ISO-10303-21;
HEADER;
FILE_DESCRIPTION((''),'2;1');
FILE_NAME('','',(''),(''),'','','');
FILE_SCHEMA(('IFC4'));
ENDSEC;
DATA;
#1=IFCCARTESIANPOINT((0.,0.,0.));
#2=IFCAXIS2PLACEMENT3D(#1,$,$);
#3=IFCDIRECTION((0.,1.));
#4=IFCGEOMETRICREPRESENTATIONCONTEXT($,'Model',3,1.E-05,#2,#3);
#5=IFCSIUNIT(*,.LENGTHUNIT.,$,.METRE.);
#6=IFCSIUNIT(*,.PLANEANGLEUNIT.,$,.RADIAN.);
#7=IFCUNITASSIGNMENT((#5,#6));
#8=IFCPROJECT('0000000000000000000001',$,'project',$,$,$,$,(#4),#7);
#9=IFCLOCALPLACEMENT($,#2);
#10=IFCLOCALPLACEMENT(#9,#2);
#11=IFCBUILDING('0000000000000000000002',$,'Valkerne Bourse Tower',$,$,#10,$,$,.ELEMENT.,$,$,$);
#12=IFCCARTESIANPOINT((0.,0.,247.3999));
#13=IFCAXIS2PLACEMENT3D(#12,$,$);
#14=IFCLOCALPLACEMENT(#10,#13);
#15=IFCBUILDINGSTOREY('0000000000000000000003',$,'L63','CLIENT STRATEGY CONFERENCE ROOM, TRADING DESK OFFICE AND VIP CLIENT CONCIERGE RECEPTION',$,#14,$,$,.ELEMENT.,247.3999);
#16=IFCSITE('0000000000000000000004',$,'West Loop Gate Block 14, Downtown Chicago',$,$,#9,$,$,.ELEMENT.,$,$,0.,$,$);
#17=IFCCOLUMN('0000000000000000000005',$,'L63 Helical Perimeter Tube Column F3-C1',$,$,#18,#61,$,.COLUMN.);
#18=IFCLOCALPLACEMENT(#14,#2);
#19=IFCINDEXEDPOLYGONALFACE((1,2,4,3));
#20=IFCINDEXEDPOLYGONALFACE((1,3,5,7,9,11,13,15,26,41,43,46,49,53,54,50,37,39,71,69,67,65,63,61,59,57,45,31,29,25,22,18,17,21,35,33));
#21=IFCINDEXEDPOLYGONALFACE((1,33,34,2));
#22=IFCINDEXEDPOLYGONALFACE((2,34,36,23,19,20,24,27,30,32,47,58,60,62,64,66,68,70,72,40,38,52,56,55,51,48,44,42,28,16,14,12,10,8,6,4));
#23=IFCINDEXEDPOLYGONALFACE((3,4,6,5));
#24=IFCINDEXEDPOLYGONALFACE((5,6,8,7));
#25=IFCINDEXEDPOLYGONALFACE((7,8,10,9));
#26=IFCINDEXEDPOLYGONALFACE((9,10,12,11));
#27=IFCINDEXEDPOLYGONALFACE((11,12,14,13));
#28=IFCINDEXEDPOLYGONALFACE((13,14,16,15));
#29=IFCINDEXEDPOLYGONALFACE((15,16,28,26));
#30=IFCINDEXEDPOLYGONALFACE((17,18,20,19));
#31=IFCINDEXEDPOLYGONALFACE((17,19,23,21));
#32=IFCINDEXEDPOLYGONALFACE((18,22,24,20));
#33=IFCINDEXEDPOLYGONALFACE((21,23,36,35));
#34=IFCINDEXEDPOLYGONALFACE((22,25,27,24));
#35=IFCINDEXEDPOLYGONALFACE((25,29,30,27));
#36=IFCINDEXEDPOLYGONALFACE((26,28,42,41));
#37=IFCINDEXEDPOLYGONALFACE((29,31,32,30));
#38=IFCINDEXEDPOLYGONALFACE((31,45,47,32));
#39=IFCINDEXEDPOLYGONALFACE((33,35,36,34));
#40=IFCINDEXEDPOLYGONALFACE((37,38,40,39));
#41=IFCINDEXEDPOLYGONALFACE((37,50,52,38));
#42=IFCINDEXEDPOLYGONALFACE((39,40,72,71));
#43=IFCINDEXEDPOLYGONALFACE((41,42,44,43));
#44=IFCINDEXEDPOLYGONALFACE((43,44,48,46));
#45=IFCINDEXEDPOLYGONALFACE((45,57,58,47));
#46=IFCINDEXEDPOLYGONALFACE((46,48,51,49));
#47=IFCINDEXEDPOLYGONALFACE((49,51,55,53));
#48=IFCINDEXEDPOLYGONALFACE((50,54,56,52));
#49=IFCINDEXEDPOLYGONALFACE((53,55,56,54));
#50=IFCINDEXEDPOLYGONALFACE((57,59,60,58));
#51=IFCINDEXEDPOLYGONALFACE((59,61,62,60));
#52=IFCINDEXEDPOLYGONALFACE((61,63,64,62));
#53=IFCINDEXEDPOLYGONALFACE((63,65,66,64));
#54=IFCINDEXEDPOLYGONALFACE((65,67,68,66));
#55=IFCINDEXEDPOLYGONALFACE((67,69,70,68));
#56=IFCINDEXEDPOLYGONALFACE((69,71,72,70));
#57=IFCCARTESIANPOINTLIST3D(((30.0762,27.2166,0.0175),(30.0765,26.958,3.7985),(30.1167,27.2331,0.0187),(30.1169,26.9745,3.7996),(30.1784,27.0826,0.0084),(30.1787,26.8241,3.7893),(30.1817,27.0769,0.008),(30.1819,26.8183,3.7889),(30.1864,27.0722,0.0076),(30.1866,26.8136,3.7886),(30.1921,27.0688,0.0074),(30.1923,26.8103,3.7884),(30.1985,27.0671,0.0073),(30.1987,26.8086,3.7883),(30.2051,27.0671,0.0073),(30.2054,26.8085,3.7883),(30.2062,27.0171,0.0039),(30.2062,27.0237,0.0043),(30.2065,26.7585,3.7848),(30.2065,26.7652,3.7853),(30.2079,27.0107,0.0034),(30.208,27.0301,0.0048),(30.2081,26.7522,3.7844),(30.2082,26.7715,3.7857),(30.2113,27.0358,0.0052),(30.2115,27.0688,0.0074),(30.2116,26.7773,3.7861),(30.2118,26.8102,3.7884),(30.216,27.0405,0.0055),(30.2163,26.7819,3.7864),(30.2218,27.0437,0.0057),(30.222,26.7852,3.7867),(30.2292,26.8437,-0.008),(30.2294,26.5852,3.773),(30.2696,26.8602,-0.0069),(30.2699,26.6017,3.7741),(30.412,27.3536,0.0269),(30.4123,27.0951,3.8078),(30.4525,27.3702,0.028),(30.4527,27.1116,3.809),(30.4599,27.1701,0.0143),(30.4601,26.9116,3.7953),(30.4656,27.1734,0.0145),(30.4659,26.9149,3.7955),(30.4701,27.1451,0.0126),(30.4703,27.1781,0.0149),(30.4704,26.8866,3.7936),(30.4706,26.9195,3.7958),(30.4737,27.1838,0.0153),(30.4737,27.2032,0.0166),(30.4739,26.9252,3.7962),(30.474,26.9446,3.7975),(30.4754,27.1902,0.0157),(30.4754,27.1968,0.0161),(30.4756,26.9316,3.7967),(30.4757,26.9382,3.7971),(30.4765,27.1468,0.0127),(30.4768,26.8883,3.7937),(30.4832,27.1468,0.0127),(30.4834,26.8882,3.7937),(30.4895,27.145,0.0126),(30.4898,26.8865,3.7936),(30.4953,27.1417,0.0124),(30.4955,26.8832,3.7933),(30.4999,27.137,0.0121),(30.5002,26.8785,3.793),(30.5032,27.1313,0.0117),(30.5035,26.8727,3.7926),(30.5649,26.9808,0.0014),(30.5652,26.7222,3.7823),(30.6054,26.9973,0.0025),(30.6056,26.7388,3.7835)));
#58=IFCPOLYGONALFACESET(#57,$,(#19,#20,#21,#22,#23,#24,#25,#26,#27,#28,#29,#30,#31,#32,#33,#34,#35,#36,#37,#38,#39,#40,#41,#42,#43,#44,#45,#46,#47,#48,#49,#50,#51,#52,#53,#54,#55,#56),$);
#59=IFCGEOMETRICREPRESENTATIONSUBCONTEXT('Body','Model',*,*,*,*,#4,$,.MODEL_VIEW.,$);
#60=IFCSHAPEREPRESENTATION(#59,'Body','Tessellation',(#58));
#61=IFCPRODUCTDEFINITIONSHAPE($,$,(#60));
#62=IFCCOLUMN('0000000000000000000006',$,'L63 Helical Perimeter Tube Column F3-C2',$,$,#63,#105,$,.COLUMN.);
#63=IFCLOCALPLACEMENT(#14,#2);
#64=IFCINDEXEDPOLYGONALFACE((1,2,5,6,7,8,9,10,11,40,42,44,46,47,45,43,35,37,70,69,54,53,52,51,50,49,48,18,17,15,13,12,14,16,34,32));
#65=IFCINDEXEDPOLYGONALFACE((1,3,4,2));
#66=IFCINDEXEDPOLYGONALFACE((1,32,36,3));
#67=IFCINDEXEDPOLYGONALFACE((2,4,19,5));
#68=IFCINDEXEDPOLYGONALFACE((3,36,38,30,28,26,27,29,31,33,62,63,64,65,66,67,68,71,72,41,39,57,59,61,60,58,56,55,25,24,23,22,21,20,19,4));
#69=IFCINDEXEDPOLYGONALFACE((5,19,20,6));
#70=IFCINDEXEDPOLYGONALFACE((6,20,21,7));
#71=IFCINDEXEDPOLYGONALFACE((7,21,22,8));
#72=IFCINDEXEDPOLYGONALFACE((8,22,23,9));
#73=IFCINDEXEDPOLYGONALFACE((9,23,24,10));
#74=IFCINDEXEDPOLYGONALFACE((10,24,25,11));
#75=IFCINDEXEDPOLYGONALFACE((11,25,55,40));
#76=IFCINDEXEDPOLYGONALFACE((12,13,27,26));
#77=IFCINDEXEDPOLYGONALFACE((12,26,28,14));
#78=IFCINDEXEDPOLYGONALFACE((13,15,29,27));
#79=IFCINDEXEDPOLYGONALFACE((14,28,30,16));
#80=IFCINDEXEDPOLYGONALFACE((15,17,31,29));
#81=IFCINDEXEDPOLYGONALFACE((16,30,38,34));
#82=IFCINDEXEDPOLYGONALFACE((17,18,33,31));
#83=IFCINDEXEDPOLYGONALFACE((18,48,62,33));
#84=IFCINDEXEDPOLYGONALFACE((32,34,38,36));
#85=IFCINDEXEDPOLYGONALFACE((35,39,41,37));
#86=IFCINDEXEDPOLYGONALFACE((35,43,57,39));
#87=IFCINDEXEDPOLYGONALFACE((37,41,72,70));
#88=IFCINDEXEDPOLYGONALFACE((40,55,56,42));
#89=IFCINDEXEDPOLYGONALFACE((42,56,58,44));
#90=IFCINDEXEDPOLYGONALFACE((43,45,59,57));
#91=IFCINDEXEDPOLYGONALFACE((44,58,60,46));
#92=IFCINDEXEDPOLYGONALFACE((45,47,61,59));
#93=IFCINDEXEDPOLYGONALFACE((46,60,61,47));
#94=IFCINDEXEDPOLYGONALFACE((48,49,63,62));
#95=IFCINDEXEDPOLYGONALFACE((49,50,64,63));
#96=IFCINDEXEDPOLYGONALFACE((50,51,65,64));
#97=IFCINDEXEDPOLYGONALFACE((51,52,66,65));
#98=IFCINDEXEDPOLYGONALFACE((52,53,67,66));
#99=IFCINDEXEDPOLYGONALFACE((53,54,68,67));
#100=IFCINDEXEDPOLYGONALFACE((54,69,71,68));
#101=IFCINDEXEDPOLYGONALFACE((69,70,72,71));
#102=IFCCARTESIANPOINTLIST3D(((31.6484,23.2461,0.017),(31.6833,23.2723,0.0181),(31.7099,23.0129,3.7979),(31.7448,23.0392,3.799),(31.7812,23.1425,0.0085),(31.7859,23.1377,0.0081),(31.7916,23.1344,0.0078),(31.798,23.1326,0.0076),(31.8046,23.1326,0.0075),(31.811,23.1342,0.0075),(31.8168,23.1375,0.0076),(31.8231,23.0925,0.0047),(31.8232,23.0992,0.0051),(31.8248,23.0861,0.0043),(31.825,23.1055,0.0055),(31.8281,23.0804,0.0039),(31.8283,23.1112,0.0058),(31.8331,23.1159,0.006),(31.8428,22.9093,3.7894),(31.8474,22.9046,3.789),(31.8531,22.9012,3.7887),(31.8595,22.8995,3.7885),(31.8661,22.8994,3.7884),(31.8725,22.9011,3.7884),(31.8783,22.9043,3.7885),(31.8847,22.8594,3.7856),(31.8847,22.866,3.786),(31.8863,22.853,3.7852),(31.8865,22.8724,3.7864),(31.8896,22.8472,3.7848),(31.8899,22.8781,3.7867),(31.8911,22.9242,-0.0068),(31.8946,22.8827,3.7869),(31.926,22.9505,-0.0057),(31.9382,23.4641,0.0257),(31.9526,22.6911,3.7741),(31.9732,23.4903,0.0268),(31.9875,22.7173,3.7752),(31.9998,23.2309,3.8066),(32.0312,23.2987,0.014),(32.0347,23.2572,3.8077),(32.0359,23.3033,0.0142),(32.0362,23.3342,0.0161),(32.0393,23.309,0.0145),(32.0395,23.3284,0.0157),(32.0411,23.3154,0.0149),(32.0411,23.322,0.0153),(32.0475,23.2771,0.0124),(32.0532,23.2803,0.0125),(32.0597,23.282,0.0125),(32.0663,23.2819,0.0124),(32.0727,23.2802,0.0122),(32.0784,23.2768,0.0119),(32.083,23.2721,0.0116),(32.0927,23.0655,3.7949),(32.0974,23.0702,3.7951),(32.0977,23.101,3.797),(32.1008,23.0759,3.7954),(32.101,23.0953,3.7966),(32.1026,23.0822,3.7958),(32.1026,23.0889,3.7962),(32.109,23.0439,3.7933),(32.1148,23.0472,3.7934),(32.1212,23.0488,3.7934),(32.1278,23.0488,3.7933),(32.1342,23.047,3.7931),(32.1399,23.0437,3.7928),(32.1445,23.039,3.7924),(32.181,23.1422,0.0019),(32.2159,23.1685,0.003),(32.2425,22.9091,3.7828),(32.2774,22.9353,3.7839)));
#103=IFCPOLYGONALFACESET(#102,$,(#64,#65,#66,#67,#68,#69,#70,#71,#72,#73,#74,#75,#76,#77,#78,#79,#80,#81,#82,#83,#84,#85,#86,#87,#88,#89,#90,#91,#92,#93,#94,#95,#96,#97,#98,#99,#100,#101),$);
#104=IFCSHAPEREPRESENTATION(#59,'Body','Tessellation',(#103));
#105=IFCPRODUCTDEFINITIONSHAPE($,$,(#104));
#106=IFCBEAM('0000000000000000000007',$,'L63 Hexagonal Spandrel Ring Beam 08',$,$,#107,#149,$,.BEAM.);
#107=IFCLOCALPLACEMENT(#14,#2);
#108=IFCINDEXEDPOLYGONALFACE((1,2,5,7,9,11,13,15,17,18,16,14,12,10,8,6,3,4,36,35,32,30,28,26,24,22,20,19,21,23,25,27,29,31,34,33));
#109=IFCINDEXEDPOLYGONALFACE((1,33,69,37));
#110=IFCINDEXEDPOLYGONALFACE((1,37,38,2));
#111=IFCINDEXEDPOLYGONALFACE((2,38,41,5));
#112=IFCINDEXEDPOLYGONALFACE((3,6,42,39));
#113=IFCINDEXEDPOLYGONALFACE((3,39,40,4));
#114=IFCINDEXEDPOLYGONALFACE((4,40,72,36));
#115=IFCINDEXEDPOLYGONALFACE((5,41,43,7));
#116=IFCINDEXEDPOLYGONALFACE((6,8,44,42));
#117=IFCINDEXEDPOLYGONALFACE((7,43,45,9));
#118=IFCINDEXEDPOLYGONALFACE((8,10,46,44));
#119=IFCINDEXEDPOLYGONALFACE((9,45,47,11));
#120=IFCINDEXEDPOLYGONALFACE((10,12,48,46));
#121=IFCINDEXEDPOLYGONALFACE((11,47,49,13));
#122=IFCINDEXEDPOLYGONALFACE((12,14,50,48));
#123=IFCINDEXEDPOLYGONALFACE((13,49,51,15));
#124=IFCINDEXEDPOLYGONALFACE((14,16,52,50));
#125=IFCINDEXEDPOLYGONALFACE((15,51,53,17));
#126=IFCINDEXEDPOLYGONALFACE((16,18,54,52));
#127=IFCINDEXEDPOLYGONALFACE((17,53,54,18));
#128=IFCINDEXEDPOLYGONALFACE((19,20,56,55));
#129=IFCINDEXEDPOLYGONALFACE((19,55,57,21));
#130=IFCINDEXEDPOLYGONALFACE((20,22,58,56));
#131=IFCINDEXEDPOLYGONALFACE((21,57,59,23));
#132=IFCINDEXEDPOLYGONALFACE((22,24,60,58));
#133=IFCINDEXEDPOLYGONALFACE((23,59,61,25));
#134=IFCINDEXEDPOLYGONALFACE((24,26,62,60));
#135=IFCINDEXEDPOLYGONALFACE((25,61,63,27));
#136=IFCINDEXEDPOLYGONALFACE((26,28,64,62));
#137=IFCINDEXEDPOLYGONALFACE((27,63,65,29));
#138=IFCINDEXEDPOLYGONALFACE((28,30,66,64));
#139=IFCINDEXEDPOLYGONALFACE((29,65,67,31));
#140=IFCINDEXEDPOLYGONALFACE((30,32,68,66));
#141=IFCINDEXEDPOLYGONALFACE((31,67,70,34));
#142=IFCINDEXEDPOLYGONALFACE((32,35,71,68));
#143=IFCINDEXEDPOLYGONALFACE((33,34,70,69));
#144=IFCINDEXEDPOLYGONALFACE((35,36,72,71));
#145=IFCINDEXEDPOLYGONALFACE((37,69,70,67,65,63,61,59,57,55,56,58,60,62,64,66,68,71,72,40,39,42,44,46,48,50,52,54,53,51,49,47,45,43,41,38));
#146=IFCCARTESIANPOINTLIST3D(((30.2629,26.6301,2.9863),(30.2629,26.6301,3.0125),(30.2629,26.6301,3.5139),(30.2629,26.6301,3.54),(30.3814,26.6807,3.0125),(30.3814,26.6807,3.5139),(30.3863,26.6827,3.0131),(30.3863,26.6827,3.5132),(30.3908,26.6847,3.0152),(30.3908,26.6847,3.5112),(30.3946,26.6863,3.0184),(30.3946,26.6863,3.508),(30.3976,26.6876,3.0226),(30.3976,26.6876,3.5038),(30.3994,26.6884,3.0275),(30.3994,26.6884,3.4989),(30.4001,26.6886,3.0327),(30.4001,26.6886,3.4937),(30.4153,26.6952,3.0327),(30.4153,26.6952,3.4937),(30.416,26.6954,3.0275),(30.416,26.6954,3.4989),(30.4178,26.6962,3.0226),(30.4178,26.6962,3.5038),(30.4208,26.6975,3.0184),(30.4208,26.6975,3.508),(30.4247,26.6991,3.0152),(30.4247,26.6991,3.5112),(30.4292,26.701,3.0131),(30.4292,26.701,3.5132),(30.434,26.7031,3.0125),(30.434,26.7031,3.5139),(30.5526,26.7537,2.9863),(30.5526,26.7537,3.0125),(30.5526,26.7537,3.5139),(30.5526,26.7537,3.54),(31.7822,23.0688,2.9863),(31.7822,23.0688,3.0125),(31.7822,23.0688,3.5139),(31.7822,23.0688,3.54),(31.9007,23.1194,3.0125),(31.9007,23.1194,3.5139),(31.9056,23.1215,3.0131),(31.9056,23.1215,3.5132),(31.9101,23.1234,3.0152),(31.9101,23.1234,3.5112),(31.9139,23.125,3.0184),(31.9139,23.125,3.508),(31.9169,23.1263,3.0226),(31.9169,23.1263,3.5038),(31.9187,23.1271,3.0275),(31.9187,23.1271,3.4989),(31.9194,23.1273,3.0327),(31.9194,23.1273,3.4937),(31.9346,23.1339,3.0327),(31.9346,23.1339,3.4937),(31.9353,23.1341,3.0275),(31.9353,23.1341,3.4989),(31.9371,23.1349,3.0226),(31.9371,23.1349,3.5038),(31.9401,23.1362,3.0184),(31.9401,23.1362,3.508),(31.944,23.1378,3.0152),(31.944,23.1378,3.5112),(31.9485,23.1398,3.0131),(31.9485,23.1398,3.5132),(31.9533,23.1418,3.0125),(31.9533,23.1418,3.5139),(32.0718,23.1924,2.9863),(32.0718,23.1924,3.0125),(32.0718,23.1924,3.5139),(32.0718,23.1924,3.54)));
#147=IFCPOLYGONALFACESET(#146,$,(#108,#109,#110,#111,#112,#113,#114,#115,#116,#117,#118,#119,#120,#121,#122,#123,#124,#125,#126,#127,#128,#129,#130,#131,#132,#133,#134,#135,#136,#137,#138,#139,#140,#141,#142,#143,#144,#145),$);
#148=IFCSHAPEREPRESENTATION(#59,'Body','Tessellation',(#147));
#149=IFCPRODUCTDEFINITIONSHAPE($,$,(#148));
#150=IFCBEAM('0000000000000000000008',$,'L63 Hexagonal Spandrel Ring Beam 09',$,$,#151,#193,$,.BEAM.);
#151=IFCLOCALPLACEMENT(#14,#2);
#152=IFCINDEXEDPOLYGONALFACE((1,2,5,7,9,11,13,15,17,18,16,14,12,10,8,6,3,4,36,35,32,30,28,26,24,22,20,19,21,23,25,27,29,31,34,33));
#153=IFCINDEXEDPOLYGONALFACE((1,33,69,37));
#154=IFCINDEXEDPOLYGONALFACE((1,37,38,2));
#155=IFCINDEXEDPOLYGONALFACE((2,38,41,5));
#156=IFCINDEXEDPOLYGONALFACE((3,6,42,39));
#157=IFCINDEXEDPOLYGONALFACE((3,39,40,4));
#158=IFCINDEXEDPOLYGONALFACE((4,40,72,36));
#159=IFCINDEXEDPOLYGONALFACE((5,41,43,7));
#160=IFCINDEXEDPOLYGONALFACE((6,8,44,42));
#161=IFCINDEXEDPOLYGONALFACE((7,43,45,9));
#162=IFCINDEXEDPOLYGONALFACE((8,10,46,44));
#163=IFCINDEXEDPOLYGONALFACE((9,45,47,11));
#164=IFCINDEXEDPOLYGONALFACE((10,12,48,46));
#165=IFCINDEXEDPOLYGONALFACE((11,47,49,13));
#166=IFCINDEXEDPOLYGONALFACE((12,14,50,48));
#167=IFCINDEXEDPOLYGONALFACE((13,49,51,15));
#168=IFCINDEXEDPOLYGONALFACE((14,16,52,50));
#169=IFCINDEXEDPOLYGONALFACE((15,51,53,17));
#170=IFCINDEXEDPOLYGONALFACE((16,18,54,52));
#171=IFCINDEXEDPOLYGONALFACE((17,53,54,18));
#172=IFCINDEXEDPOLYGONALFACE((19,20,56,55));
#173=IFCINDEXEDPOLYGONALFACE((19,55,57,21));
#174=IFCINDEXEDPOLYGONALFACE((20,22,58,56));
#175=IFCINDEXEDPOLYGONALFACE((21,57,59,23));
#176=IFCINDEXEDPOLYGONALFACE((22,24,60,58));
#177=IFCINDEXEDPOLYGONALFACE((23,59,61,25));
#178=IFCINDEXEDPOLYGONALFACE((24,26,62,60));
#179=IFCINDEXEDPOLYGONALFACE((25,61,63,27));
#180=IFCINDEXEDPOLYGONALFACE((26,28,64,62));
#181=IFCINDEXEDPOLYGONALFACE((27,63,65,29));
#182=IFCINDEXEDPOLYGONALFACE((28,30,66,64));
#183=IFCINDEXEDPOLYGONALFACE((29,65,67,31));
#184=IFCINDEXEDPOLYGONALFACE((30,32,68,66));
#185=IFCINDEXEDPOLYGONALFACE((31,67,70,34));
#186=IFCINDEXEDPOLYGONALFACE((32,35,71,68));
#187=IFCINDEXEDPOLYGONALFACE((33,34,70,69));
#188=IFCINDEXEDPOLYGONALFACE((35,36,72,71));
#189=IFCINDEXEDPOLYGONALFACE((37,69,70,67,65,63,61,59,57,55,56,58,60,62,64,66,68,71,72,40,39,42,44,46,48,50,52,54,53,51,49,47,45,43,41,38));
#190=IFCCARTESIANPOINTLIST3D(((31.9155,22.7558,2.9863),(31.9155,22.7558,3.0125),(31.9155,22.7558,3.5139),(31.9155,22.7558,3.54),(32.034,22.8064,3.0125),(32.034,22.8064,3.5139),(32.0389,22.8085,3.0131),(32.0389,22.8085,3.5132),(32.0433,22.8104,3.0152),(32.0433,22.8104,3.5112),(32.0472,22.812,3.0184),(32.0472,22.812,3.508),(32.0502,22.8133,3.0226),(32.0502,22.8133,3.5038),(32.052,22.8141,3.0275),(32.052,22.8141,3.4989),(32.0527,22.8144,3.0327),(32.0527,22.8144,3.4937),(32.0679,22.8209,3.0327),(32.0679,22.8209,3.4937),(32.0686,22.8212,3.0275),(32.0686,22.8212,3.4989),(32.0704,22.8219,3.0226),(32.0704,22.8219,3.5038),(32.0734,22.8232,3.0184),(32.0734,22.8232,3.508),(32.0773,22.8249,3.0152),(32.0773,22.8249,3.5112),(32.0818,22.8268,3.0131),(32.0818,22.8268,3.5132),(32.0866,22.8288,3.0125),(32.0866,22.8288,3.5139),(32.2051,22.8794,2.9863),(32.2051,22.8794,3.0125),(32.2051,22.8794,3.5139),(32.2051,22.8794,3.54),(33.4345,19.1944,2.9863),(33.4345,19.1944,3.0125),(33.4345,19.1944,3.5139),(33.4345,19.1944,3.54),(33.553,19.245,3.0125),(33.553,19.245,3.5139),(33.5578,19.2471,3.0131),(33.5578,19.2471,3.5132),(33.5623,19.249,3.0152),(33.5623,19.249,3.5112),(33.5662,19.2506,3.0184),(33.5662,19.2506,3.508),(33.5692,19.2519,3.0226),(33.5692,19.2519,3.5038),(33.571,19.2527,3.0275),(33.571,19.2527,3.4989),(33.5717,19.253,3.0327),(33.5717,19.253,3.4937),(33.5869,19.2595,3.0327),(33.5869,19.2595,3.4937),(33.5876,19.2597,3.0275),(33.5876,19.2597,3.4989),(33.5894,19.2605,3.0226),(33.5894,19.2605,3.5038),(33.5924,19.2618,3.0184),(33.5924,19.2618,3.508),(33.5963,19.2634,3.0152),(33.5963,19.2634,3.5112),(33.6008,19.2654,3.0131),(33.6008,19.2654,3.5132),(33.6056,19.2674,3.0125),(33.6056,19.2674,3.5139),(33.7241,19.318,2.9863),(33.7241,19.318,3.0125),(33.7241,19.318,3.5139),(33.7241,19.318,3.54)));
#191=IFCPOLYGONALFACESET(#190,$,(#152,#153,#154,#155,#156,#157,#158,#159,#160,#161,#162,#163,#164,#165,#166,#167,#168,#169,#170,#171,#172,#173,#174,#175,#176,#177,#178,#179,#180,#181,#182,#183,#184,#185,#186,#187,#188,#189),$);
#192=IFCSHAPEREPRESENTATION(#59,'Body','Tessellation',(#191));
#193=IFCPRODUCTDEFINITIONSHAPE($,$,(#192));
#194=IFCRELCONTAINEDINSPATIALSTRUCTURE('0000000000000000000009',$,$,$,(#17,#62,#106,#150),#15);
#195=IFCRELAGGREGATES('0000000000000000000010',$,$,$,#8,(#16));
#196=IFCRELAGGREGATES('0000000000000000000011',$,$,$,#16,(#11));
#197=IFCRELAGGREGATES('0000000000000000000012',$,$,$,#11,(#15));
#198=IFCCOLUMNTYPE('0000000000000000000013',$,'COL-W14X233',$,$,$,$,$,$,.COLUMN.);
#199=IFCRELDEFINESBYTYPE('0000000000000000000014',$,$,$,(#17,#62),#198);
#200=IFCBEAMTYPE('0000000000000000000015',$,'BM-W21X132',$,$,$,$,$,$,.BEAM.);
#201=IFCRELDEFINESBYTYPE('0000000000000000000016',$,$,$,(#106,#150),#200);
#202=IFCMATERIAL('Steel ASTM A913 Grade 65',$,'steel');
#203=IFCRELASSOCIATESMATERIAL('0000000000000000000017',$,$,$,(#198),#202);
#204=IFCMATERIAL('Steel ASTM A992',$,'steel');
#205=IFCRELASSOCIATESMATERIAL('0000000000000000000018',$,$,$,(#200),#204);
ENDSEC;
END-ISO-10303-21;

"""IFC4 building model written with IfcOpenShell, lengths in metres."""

from ifc_helpers import new_model, si_unit, direction, frame, origin, origin_2d, place, context, subcontext, project, spatial, i_section, extrude, material, material_profile, profile_set, type_object, element, save


model = new_model("IFC4")

# Units and contexts
model_context = context("Model", 3, precision=1e-05, world=origin(), true_north=direction((0.0, 1.0)))
body_context = subcontext(model_context, "Body", "Model", "MODEL_VIEW")
ifc_project = project(units=[si_unit("LENGTHUNIT", "METRE"), si_unit("PLANEANGLEUNIT", "RADIAN")], contexts=[model_context])

# Site, building, storey
site_placement = place(None, origin())
site = spatial("IfcSite", under=ifc_project, at=site_placement, Name="West Loop Gate Block 14, Downtown Chicago", CompositionType="ELEMENT", RefElevation=0.0)
building_placement = place(site_placement, origin())
building = spatial("IfcBuilding", under=site, at=building_placement, Name="Valkerne Bourse Tower", CompositionType="ELEMENT")
storey_placement = place(building_placement, frame((0.0, 0.0, 247.3999)))
storey = spatial("IfcBuildingStorey", under=building, at=storey_placement, Name="L63", Description="CLIENT STRATEGY CONFERENCE ROOM, TRADING DESK OFFICE AND VIP CLIENT CONCIERGE RECEPTION", CompositionType="ELEMENT", Elevation=247.3999)

# Columns
ifc_material_1 = material(Name="Steel ASTM A913 Grade 65", Category="steel")
ifc_material_profile_1 = material_profile(ifc_material_1, i_section(OverallWidth=0.4038, OverallDepth=0.4065, WebThickness=0.0271, FlangeThickness=0.0437, FilletRadius=0.0254, at=origin_2d()), Name="W14X233")
ifc_profile_set_1 = profile_set([ifc_material_profile_1], Name="Steel ASTM A913 Grade 65")
column_type = type_object("IfcColumnType", Name="COL-W14X233", PredefinedType="COLUMN", material=ifc_profile_set_1)
column_1_placement = place(storey_placement, frame((30.3408, 27.1069, 0.01), z_axis=(0.000064, -0.068221, 0.99767), x_axis=(0.378713, -0.923356, -0.063163)))
element("IfcColumn", 1, at=column_1_placement, inside=storey, type_object=column_type, Name="L63 Helical Perimeter Tube Column F3-C1", PredefinedType="COLUMN", context=body_context, shape_type="SweptSolid", body=[
    extrude(i_section(OverallWidth=0.4038, OverallDepth=0.4065, WebThickness=0.0271, FlangeThickness=0.0437, FilletRadius=0.0254, at=origin_2d()), origin(), (0.0, 0.0, 1.0), 3.7898),
])
column_2_placement = place(storey_placement, frame((31.9321, 23.2073, 0.01), z_axis=(0.016239, -0.06154, 0.997973), x_axis=(0.601084, -0.79701, -0.058928)))
element("IfcColumn", 2, at=column_2_placement, inside=storey, type_object=column_type, Name="L63 Helical Perimeter Tube Column F3-C2", PredefinedType="COLUMN", context=body_context, shape_type="SweptSolid", body=[
    extrude(i_section(OverallWidth=0.4038, OverallDepth=0.4065, WebThickness=0.0271, FlangeThickness=0.0437, FilletRadius=0.0254, at=origin_2d()), origin(), (0.0, 0.0, 1.0), 3.7886),
])

# Beams
ifc_material_2 = material(Name="Steel ASTM A992", Category="steel")
ifc_material_profile_2 = material_profile(ifc_material_2, i_section(OverallWidth=0.3149, OverallDepth=0.5537, WebThickness=0.0166, FlangeThickness=0.0261, FilletRadius=0.0203, at=origin_2d()), Name="W21X132")
ifc_profile_set_2 = profile_set([ifc_material_profile_2], Name="Steel ASTM A992")
beam_type = type_object("IfcBeamType", Name="BM-W21X132", PredefinedType="BEAM", material=ifc_profile_set_2)
for number, where, z_axis, x_axis, name in (
    (3, (30.4077, 26.6919, 3.2632), (0.392397, -0.919796, 0.0), (0.919796, 0.392397, 0.0), "L63 Hexagonal Spandrel Ring Beam 08"),
    (4, (32.0603, 22.8176, 3.2632), (0.392321, -0.919829, 0.0), (0.919829, 0.392321, 0.0), "L63 Hexagonal Spandrel Ring Beam 09"),
):
    element("IfcBeam", number, at=place(storey_placement, frame(where, z_axis=z_axis, x_axis=x_axis)), inside=storey, type_object=beam_type, Name=name, PredefinedType="BEAM", context=body_context, shape_type="SweptSolid", body=[
        extrude(i_section(OverallWidth=0.3149, OverallDepth=0.5537, WebThickness=0.0166, FlangeThickness=0.0261, FilletRadius=0.0203, at=origin_2d()), origin(), (0.0, 0.0, 1.0), 3.8718),
    ])

save(model, "model.ifc")
